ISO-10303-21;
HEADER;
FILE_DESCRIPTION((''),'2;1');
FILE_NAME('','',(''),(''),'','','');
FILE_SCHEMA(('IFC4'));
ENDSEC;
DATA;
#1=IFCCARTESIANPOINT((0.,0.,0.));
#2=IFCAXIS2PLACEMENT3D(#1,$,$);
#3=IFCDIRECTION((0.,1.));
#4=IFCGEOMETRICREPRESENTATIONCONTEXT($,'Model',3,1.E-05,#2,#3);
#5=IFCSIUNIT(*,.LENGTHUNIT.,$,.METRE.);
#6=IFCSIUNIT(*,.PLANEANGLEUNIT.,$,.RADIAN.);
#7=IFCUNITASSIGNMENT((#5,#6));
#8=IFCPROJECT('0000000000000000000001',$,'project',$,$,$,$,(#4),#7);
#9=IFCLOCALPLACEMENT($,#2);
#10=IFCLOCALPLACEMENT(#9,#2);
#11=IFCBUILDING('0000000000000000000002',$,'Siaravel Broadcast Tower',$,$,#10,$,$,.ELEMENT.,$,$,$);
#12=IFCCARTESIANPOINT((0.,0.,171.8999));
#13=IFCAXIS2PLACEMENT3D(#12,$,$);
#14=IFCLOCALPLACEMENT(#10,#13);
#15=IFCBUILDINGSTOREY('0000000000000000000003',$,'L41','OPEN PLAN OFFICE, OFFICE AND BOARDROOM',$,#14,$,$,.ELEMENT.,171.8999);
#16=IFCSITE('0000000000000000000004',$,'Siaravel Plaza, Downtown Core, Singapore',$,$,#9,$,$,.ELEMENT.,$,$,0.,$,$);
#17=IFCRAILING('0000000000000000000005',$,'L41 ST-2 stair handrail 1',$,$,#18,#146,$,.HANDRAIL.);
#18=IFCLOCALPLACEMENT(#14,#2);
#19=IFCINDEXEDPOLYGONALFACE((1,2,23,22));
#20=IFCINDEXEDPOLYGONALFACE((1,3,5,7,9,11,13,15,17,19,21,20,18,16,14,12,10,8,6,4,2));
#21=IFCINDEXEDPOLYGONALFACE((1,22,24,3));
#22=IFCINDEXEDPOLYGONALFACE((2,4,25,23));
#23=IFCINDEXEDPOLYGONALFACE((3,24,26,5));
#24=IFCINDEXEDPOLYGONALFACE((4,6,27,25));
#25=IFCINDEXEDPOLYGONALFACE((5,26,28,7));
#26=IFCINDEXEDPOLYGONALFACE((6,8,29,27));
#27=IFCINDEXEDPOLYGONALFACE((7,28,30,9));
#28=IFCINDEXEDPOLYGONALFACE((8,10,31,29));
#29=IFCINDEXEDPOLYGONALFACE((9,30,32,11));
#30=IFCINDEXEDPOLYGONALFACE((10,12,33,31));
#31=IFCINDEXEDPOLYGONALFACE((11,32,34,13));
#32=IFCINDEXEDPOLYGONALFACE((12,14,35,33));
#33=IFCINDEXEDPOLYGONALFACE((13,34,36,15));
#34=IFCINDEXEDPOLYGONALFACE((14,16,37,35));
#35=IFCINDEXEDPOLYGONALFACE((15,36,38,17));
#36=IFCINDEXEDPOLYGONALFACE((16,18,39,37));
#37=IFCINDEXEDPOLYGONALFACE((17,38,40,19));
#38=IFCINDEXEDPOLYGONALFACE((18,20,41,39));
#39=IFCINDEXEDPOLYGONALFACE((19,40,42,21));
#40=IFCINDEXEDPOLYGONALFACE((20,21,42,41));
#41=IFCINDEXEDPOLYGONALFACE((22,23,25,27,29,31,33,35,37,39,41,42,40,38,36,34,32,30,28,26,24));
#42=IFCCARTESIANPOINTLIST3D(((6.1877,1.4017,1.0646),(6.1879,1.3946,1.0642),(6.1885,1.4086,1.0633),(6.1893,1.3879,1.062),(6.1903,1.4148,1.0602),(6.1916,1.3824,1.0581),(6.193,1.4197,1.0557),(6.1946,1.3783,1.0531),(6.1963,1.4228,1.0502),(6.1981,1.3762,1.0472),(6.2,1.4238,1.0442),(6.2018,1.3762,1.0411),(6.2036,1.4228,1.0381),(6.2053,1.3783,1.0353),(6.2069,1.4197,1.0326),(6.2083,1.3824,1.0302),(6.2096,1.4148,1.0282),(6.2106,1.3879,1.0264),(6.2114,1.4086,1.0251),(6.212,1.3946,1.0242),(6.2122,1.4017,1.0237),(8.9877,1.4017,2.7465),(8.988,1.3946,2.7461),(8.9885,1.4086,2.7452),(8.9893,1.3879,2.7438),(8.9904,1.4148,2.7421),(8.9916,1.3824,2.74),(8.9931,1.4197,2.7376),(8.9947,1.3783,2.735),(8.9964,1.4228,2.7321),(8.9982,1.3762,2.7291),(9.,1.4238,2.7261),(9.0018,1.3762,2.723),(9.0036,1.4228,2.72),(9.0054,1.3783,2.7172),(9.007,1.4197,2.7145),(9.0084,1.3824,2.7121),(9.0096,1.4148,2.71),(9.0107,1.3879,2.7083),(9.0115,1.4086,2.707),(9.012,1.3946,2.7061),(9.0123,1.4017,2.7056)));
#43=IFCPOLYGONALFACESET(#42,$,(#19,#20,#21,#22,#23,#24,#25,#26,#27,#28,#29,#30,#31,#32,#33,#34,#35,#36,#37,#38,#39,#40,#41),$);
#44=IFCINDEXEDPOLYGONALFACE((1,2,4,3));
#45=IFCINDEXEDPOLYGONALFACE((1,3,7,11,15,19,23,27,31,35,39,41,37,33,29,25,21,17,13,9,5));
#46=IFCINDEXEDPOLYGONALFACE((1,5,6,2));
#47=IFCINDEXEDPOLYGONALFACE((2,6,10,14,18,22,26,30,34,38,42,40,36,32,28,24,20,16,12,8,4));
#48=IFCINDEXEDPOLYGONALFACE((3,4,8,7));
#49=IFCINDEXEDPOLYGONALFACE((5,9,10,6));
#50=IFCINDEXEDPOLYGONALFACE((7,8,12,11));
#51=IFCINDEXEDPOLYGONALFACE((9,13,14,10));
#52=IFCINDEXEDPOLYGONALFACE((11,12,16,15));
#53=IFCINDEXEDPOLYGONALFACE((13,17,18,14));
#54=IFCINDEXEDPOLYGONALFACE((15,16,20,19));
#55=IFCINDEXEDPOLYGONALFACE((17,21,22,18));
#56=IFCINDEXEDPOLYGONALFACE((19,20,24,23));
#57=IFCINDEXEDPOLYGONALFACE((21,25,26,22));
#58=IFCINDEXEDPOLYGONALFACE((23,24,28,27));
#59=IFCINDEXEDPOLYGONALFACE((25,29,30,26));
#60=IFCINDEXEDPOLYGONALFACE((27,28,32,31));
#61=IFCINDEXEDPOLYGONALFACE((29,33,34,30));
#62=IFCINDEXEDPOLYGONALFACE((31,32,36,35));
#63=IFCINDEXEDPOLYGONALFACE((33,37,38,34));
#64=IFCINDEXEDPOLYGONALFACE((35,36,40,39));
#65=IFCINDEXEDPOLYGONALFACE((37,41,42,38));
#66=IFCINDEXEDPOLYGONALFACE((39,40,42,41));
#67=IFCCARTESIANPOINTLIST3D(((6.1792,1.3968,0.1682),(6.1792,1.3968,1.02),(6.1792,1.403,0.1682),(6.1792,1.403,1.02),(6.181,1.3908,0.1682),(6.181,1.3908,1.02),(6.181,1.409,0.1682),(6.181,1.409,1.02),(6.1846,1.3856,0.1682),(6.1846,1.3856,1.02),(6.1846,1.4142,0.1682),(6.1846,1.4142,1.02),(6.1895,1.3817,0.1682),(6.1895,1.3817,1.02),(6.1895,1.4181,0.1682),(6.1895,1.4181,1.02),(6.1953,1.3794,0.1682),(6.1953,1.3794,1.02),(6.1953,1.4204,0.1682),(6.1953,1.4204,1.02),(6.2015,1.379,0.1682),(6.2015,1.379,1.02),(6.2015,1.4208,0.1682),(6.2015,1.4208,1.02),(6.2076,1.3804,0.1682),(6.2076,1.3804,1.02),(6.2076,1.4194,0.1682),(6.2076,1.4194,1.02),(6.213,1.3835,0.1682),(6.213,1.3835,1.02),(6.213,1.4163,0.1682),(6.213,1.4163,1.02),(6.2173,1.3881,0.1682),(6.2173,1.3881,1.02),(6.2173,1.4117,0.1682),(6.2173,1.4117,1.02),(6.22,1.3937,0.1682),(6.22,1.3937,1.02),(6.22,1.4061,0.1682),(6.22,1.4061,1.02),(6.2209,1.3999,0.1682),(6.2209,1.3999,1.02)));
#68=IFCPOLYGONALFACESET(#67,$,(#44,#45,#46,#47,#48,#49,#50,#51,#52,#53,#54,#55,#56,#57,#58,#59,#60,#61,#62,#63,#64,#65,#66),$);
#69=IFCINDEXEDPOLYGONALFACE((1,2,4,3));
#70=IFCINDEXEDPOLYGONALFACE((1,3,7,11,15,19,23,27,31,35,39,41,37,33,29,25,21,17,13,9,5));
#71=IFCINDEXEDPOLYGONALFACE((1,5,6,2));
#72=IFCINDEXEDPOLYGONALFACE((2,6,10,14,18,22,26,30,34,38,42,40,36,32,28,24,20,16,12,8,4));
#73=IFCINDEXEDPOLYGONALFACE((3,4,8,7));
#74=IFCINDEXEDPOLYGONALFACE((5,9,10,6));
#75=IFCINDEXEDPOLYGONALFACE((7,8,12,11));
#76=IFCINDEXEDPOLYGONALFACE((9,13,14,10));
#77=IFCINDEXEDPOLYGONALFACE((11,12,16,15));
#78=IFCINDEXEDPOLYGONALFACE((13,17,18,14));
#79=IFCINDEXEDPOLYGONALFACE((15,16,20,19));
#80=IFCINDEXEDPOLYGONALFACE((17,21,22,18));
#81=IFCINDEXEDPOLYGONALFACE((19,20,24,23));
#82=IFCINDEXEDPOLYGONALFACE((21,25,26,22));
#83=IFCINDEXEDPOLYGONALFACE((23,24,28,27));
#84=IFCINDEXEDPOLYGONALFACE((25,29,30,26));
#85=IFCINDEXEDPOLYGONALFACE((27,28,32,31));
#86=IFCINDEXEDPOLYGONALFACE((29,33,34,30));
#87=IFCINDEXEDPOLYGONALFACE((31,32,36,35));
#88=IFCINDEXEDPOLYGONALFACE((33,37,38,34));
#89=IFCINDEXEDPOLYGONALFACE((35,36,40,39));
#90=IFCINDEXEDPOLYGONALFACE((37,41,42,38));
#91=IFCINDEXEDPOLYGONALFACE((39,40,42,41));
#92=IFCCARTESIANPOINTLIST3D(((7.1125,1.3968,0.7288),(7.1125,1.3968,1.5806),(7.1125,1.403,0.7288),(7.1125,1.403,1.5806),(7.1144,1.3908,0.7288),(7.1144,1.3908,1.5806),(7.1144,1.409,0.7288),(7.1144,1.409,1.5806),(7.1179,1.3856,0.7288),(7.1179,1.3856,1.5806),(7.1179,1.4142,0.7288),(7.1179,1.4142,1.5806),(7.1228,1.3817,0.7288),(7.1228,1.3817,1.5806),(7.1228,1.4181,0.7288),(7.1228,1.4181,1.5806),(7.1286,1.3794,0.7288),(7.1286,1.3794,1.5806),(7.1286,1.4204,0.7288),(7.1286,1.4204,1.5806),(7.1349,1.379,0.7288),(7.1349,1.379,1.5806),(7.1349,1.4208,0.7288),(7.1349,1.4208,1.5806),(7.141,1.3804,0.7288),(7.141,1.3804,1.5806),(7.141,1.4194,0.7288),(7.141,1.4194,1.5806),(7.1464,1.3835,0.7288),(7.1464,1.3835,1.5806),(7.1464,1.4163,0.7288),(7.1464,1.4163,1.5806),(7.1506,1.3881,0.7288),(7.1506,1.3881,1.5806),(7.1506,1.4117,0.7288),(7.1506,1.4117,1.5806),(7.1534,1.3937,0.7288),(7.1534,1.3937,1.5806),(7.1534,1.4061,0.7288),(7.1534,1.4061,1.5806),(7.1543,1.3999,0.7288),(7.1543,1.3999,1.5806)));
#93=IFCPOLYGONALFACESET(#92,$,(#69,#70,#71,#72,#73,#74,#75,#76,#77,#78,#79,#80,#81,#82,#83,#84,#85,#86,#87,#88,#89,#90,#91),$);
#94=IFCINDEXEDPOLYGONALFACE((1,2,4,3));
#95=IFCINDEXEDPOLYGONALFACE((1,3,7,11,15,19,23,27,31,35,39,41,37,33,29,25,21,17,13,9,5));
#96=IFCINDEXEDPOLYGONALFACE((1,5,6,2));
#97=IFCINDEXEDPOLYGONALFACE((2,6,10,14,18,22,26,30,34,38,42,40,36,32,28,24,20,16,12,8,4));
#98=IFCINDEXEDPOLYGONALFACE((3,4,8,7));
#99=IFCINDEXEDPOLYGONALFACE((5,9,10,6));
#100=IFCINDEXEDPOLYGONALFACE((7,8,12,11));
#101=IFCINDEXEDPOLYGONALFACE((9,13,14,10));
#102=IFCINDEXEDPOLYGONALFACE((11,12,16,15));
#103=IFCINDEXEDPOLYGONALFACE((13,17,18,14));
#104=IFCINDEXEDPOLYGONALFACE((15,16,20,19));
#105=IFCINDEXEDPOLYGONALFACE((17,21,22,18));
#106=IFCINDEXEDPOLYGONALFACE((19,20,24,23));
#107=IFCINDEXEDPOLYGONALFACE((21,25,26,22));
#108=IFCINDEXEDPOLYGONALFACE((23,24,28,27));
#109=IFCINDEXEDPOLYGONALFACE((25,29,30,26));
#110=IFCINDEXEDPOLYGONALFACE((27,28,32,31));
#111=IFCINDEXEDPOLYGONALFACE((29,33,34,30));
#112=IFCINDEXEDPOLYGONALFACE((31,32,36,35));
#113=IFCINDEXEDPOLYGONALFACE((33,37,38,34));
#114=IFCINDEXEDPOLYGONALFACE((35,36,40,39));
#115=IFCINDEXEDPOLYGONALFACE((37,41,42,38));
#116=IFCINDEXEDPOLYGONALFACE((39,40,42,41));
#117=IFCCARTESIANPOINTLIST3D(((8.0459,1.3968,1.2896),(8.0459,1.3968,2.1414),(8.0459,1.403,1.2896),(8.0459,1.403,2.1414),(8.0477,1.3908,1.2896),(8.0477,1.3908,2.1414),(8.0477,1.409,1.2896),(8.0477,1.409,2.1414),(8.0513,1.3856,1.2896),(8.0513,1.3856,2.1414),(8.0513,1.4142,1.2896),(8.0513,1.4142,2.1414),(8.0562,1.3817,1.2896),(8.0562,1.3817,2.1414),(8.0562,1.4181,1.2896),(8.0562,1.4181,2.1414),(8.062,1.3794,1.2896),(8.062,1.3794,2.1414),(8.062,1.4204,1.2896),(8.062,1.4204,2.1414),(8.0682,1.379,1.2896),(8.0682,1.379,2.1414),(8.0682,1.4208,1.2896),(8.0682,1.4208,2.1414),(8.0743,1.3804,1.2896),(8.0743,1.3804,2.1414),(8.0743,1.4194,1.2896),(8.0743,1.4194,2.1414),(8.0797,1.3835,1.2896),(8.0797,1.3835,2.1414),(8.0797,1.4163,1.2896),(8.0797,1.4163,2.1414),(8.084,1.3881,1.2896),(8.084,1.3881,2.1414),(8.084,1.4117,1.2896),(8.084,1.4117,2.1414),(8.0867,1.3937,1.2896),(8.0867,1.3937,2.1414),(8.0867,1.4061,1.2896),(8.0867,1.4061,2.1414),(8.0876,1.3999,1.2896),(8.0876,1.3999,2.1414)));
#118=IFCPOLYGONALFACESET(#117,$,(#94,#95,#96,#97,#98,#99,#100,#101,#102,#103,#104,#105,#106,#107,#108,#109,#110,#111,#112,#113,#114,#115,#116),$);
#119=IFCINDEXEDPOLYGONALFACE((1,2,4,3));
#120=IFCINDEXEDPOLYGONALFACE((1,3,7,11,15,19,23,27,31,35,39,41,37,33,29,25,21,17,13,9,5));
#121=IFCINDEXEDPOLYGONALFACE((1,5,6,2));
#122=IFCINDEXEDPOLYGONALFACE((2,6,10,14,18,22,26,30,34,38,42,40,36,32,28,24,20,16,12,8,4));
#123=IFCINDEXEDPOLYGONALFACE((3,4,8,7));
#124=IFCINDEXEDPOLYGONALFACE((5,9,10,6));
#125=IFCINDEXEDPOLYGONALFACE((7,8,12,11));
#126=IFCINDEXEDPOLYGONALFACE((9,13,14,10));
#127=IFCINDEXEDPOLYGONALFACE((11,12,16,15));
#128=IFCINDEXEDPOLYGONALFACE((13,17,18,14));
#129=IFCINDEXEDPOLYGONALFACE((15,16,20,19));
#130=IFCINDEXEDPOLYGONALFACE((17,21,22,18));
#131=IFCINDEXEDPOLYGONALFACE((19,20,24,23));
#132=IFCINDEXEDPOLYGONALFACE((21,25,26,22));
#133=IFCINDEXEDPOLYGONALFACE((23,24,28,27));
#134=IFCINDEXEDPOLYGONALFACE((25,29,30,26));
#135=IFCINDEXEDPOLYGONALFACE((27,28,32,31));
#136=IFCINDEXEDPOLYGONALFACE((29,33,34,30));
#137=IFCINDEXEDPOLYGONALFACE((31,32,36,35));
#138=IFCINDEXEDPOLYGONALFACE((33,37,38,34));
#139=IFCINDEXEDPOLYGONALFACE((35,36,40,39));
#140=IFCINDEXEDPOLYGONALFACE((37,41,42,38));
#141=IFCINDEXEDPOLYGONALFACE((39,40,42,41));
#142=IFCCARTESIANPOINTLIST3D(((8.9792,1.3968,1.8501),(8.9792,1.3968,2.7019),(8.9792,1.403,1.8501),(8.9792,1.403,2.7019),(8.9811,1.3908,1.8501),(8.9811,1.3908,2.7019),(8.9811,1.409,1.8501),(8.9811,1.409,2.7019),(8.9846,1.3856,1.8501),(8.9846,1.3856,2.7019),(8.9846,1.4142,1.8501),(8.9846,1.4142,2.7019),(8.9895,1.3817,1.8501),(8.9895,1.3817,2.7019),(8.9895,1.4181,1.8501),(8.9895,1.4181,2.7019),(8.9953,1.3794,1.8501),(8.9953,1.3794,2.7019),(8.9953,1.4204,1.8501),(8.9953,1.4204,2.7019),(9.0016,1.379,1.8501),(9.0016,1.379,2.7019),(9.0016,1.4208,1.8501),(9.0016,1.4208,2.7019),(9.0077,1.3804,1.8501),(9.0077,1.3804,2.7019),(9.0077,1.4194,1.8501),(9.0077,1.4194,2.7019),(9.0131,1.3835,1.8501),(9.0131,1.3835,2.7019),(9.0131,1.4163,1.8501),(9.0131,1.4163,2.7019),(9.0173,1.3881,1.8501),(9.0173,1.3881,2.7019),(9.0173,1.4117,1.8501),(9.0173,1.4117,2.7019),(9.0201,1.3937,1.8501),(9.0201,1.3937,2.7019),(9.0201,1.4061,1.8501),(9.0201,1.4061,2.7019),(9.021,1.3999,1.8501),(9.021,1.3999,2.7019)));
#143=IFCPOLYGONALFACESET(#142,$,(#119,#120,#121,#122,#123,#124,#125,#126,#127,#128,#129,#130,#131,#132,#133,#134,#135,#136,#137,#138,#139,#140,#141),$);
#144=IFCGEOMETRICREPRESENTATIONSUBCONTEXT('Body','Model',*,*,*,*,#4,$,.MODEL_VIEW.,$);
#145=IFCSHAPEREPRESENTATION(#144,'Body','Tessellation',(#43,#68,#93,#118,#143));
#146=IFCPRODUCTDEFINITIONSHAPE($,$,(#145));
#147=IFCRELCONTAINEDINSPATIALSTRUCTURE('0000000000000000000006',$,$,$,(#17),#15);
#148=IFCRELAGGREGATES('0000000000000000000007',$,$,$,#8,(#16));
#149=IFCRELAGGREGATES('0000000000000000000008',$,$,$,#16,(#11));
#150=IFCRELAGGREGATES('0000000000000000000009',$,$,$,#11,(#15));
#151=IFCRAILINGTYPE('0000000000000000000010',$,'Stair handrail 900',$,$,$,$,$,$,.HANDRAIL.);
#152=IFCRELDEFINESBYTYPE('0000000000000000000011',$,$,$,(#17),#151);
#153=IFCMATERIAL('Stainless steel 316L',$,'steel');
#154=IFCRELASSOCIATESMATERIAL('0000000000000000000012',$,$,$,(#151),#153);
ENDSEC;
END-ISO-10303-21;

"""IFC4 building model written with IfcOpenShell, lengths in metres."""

from ifc_helpers import new_model, si_unit, direction, frame, origin, origin_2d, place, context, subcontext, project, spatial, circle, extrude, material, type_object, element, save


model = new_model("IFC4")

# Units and contexts
model_context = context("Model", 3, precision=1e-05, world=origin(), true_north=direction((0.0, 1.0)))
body_context = subcontext(model_context, "Body", "Model", "MODEL_VIEW")
ifc_project = project(units=[si_unit("LENGTHUNIT", "METRE"), si_unit("PLANEANGLEUNIT", "RADIAN")], contexts=[model_context])

# Site, building, storey
site_placement = place(None, origin())
site = spatial("IfcSite", under=ifc_project, at=site_placement, Name="Siaravel Plaza, Downtown Core, Singapore", CompositionType="ELEMENT", RefElevation=0.0)
building_placement = place(site_placement, origin())
building = spatial("IfcBuilding", under=site, at=building_placement, Name="Siaravel Broadcast Tower", CompositionType="ELEMENT")
storey_placement = place(building_placement, frame((0.0, 0.0, 171.8999)))
storey = spatial("IfcBuildingStorey", under=building, at=storey_placement, Name="L41", Description="OPEN PLAN OFFICE, OFFICE AND BOARDROOM", CompositionType="ELEMENT", Elevation=171.8999)

# Railing
ifc_material_1 = material(Name="Stainless steel 316L", Category="steel")
railing_type_1 = type_object("IfcRailingType", Name="Stair handrail 900", PredefinedType="HANDRAIL", material=ifc_material_1)
railing_1_placement = place(storey_placement, frame((6.2, 1.3999, 0.1682)))
element("IfcRailing", 1, at=railing_1_placement, inside=storey, type_object=railing_type_1, Name="L41 ST-2 stair handrail 1", PredefinedType="HANDRAIL", context=body_context, shape_type="SweptSolid", body=[
    extrude(circle(Radius=0.0239, at=origin_2d()), frame((0.0, 0.0, 0.876), z_axis=(0.857242, 0.0, 0.514913), x_axis=(0.0, 1.0, 0.0)), (0.0, 0.0, 1.0), 3.2664),
    extrude(circle(Radius=0.021, at=origin_2d()), origin(), (0.0, 0.0, 1.0), 0.8518),
    extrude(circle(Radius=0.021, at=origin_2d()), frame((0.9333, 0.0, 0.5605)), (0.0, 0.0, 1.0), 0.8518),
    extrude(circle(Radius=0.021, at=origin_2d()), frame((1.8667, 0.0, 1.1213)), (0.0, 0.0, 1.0), 0.8518),
    extrude(circle(Radius=0.021, at=origin_2d()), frame((2.8, 0.0, 1.6819)), (0.0, 0.0, 1.0), 0.8518),
])

save(model, "model.ifc")
